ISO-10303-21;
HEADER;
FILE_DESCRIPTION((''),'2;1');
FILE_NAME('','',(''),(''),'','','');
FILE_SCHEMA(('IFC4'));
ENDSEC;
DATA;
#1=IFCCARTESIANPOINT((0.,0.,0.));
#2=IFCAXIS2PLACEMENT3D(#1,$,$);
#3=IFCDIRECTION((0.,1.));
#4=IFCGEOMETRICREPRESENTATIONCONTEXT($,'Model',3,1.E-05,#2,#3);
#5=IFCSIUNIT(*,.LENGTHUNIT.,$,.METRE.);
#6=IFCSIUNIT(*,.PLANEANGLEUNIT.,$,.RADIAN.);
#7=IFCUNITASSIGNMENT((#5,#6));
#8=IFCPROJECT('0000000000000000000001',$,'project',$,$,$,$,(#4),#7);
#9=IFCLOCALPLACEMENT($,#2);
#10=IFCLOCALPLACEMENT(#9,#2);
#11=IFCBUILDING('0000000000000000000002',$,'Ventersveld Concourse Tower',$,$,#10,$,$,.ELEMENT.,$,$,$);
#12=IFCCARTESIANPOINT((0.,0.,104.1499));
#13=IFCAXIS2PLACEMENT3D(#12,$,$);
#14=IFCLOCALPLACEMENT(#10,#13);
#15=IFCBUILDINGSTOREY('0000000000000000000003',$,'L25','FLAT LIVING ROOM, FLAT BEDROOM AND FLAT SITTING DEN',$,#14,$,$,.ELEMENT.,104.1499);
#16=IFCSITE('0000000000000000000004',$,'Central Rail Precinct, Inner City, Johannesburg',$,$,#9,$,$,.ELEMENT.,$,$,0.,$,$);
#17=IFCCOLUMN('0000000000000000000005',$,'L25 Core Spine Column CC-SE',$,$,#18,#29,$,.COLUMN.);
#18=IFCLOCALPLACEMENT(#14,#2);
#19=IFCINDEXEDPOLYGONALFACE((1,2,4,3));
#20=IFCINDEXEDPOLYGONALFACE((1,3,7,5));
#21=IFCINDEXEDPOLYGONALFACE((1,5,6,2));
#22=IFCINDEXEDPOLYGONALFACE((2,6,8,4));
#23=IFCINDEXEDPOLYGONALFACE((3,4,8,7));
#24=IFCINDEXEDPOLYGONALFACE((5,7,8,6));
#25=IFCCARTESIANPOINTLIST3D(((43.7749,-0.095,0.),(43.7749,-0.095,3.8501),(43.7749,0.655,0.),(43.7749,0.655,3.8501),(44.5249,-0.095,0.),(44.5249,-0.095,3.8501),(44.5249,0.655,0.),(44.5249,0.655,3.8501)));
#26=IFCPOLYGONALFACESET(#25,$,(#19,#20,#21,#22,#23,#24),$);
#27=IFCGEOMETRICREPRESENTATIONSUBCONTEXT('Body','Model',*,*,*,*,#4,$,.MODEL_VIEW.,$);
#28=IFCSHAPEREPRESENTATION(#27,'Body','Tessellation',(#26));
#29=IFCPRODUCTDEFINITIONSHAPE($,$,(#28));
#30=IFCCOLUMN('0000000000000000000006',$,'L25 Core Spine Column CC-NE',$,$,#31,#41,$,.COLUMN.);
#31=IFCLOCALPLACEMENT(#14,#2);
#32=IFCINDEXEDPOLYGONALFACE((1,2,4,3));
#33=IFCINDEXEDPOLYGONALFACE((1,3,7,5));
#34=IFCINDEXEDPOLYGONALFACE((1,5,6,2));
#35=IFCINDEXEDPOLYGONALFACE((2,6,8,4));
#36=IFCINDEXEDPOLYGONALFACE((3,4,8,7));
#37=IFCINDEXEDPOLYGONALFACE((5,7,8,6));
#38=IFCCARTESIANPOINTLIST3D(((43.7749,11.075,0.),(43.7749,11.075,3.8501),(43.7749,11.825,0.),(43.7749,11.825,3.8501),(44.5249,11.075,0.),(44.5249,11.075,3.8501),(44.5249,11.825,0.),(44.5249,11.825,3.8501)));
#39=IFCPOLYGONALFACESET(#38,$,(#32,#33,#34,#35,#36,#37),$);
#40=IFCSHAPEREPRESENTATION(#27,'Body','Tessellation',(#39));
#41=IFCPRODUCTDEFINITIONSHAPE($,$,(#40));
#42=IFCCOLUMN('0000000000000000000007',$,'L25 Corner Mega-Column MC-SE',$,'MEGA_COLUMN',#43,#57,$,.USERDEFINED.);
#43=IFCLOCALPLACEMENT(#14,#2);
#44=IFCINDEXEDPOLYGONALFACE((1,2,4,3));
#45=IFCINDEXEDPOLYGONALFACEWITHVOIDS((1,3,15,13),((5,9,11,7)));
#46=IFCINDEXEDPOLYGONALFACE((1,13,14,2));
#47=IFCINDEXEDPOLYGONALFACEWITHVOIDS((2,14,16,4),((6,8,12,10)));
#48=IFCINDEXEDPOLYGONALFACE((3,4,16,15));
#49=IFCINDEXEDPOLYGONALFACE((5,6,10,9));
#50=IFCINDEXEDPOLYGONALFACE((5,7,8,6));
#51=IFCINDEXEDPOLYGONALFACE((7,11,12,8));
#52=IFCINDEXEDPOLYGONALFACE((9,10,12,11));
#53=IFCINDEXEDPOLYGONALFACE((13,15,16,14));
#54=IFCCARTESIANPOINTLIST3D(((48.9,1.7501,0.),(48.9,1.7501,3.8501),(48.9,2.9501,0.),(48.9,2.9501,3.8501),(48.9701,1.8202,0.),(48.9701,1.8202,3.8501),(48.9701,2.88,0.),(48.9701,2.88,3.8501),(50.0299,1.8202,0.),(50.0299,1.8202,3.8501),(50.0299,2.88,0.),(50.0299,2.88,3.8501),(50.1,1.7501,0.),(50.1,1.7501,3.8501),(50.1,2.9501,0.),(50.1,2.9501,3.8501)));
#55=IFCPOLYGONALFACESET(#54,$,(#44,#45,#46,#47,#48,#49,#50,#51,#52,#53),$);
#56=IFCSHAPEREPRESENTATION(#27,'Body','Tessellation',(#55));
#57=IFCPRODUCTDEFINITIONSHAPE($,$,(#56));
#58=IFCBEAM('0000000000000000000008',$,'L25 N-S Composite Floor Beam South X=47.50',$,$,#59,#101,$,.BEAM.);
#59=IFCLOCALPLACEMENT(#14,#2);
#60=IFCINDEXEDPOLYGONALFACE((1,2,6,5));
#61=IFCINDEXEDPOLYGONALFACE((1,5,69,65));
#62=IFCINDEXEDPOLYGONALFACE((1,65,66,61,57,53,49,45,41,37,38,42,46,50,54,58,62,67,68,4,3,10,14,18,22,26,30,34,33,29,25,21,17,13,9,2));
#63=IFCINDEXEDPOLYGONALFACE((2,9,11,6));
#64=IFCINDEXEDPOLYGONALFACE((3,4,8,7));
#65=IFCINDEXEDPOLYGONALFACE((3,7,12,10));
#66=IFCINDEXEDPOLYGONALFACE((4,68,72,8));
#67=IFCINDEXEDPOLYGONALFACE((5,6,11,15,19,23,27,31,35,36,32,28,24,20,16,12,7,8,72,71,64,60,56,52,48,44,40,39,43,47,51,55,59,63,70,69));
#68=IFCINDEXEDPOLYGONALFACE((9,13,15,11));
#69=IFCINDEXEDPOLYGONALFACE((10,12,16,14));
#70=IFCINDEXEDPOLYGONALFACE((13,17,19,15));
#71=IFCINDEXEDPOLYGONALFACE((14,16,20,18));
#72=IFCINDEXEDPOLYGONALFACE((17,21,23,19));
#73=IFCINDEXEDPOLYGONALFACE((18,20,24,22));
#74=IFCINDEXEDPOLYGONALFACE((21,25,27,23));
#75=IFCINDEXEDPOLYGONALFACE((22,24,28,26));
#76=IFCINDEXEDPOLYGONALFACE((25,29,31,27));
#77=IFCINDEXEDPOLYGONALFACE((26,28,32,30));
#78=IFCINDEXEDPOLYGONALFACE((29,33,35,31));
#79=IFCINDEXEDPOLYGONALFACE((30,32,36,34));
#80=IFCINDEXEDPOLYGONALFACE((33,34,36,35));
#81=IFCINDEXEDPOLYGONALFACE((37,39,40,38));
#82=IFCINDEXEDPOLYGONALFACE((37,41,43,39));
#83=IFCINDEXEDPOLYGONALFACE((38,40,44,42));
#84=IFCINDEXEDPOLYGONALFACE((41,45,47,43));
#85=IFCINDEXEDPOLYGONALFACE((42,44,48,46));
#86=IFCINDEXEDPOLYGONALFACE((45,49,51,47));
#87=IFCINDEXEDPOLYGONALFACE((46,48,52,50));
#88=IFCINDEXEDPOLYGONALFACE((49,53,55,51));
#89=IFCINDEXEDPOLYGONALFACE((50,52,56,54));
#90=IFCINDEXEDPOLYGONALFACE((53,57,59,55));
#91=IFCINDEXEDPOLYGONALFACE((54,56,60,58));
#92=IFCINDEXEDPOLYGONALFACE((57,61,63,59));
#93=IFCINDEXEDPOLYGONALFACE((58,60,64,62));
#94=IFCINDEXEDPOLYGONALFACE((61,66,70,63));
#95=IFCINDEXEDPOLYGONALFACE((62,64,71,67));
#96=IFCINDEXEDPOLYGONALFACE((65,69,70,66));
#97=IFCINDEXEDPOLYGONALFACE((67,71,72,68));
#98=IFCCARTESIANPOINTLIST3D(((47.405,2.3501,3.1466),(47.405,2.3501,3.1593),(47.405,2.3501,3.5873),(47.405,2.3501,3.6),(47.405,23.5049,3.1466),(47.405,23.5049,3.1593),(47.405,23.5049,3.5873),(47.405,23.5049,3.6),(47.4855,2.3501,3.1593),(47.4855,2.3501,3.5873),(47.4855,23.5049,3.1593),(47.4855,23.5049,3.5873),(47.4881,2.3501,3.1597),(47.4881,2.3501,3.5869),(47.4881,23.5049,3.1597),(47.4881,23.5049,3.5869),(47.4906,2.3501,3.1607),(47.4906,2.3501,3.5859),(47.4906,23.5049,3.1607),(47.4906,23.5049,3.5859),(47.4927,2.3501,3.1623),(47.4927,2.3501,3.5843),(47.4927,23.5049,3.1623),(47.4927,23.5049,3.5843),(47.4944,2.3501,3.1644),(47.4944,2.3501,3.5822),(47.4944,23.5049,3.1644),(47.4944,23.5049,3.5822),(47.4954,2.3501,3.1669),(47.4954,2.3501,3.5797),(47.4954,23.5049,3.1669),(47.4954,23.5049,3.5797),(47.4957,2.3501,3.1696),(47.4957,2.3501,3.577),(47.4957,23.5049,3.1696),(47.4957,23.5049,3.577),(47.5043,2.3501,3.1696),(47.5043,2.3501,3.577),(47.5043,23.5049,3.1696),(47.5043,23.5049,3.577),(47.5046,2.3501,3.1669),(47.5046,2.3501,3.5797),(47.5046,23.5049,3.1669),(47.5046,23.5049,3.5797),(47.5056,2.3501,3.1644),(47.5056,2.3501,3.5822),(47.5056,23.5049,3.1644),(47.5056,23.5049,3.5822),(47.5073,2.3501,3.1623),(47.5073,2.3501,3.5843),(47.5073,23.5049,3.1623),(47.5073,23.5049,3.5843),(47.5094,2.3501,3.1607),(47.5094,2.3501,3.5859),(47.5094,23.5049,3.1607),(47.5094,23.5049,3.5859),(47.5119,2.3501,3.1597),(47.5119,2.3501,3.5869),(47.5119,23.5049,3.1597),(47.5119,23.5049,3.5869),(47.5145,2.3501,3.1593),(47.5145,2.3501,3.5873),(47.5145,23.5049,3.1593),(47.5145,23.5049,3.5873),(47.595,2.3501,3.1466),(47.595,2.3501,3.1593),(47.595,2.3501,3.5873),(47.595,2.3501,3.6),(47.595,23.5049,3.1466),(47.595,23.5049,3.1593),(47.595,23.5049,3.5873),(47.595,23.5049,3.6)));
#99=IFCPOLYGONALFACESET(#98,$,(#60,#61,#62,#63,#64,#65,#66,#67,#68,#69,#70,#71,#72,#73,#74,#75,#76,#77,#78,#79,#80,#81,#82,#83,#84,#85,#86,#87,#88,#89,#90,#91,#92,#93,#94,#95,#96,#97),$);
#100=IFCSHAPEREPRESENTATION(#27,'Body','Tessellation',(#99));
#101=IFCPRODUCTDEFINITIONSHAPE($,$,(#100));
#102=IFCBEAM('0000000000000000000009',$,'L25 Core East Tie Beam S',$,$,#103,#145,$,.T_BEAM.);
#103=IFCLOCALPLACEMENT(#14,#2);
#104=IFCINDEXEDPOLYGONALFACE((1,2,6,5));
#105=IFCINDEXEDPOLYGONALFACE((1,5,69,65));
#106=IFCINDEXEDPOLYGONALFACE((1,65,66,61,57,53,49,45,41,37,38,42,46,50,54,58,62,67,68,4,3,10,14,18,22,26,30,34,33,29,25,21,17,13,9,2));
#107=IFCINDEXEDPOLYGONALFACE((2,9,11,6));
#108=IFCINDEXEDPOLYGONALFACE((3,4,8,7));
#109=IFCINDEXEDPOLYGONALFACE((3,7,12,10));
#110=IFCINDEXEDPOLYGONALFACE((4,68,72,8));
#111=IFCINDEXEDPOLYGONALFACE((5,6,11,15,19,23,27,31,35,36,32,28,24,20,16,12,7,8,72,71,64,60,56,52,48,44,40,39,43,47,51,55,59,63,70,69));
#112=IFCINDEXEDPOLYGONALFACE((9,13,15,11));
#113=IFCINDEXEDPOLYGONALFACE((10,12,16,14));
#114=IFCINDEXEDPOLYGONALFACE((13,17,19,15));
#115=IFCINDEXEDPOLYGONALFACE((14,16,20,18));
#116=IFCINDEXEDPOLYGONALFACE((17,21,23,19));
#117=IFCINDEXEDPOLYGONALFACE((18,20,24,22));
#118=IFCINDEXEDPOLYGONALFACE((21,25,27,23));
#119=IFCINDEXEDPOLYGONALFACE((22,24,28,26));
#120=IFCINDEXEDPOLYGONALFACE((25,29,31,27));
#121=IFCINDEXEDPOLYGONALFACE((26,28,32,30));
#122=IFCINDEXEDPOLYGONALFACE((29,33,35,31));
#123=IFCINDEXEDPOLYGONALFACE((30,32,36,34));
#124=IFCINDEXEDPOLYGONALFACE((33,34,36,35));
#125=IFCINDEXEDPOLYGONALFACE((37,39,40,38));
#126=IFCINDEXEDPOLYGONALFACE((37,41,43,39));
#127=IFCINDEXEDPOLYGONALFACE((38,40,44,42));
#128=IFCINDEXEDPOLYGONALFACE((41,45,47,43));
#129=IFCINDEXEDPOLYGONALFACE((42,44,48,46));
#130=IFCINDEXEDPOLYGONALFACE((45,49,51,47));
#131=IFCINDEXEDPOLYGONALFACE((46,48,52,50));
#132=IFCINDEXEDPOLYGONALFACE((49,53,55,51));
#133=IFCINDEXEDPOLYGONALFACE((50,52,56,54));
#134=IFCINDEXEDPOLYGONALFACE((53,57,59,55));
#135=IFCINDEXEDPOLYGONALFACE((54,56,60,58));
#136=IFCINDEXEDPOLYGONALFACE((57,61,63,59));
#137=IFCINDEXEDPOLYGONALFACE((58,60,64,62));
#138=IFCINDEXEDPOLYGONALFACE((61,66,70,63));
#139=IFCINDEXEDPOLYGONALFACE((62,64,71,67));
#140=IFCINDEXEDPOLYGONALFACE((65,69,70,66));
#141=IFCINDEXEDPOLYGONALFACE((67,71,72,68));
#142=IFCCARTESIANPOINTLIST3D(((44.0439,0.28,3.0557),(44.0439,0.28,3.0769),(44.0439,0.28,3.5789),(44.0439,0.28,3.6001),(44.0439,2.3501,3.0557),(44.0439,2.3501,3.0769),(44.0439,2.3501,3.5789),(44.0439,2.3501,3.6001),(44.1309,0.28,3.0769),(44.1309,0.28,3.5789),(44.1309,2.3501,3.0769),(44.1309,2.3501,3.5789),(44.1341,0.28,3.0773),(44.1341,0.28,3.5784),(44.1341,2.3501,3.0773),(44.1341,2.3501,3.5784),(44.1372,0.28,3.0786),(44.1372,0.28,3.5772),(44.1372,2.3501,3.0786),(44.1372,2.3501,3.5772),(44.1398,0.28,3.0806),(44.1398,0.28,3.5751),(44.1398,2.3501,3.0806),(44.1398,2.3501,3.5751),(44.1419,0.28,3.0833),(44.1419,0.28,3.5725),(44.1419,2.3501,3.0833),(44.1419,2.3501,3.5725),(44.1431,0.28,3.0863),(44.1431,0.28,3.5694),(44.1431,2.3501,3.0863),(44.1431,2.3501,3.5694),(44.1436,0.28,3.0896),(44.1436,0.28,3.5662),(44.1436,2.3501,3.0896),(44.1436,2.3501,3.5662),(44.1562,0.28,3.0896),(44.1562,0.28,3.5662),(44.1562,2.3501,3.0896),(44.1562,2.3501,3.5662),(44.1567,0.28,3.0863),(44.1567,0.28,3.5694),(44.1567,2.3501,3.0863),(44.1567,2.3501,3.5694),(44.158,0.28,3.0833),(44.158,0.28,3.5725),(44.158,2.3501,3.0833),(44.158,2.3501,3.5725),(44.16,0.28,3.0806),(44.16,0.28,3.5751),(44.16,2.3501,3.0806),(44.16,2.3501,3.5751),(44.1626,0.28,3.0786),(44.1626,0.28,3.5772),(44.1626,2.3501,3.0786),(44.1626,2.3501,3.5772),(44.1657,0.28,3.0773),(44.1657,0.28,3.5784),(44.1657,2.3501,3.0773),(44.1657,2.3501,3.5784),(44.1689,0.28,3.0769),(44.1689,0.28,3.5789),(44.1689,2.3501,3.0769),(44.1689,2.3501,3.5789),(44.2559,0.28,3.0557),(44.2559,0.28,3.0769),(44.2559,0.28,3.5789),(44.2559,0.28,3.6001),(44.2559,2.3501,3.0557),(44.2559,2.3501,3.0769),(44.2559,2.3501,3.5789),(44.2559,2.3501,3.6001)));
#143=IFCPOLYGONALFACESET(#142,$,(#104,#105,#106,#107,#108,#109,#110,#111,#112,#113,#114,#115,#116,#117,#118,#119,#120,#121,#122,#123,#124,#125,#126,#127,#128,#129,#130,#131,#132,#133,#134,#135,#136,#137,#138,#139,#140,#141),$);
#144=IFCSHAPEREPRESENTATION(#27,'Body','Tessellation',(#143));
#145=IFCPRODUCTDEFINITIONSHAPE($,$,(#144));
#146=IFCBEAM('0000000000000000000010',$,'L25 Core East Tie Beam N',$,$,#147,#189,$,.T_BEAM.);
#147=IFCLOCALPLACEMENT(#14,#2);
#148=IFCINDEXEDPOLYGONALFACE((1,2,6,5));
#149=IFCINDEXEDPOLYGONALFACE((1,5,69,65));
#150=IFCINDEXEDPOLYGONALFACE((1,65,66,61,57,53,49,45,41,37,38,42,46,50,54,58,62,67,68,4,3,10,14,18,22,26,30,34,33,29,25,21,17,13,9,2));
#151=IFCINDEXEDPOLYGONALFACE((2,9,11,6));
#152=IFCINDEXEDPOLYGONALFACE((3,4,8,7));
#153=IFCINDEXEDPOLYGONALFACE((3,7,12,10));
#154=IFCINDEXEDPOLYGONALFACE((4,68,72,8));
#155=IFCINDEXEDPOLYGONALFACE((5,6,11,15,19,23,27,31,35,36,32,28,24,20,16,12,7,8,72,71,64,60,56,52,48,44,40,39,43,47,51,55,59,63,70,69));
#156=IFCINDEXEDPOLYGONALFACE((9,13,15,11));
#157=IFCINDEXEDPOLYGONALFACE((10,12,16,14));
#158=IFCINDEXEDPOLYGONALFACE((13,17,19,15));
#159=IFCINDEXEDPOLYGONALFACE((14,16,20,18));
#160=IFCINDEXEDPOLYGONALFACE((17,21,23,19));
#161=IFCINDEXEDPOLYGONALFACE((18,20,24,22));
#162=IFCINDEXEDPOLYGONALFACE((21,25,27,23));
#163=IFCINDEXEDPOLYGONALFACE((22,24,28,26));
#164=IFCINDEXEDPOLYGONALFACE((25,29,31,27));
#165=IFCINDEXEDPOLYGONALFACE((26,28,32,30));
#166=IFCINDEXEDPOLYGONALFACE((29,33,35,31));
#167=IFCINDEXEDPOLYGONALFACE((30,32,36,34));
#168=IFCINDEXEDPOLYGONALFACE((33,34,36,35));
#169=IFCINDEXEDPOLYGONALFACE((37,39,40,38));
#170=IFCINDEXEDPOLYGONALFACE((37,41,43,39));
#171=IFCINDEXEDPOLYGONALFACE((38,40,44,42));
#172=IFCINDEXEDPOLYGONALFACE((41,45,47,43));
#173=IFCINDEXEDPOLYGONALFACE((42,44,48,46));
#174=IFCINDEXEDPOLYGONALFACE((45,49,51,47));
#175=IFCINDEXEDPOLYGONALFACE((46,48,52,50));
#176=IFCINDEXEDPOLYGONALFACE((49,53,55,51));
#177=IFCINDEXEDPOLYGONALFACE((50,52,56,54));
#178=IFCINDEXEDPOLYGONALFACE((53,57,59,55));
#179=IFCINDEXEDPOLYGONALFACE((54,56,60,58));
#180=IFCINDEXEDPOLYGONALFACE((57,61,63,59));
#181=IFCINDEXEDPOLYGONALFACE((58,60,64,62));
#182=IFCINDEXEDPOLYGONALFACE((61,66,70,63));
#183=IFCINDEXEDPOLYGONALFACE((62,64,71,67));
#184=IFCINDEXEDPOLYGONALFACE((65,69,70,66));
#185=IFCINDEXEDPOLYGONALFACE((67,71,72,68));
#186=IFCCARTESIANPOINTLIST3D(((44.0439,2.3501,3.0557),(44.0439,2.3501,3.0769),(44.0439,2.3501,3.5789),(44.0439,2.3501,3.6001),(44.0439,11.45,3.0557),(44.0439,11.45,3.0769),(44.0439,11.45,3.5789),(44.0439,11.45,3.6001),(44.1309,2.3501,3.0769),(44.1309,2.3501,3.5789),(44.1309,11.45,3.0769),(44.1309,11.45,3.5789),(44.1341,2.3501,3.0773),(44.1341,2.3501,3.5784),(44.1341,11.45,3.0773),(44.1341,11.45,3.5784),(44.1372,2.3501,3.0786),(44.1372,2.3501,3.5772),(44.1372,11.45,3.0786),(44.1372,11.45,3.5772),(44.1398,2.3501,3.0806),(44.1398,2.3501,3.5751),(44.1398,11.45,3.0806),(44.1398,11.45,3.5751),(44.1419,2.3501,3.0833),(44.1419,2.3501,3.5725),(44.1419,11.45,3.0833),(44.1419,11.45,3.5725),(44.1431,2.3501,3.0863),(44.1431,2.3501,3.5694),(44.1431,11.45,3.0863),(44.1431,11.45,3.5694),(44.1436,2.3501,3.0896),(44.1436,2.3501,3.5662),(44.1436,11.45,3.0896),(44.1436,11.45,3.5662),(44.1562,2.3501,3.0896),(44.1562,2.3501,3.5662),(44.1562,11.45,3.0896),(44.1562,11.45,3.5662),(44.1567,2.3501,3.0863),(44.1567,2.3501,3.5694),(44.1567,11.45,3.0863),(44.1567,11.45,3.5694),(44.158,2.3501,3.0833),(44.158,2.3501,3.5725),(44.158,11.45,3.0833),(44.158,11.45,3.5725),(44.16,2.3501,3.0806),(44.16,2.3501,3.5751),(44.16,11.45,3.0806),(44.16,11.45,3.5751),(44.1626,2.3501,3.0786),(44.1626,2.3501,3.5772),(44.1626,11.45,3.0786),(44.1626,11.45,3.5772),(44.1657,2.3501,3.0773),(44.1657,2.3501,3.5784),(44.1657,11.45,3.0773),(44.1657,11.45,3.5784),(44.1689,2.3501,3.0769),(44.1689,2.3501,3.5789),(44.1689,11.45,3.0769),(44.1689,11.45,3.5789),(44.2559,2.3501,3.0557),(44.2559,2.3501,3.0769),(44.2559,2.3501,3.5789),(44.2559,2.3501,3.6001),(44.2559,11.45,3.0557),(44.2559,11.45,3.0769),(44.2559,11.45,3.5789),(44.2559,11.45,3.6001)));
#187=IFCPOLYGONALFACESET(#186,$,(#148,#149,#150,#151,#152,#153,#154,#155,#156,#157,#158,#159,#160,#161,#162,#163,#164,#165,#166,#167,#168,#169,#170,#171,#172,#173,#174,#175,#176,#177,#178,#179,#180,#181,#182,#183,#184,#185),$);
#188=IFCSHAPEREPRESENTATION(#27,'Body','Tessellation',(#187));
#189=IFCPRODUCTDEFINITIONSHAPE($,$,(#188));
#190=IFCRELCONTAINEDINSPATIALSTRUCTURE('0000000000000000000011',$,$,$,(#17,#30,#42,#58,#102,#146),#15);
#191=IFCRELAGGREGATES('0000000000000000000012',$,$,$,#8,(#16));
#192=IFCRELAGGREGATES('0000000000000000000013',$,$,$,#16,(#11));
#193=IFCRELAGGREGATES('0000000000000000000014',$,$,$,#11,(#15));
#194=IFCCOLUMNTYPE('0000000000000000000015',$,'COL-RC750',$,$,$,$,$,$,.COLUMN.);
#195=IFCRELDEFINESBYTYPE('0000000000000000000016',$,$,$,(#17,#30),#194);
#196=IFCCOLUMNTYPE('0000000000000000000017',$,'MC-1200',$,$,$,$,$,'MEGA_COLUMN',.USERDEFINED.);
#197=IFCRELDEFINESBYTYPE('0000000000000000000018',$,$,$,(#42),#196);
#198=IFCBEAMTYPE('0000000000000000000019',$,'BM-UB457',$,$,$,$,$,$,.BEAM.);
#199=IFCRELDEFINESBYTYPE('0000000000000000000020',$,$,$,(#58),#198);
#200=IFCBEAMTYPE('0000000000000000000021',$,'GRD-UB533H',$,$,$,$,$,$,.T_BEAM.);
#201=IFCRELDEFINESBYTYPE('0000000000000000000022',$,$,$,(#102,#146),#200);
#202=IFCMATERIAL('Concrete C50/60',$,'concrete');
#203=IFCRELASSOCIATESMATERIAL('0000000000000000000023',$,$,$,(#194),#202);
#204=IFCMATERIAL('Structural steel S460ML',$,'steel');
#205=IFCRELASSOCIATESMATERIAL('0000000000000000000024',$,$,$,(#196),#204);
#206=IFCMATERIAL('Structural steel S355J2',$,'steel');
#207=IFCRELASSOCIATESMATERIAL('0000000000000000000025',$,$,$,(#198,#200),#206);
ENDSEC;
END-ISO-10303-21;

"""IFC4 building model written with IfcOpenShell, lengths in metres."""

from ifc_helpers import new_model, si_unit, direction, frame, origin, origin_2d, place, context, subcontext, project, spatial, rectangle, hollow_rectangle, i_section, extrude, material, material_profile, profile_set, type_object, element, save


model = new_model("IFC4")

# Units and contexts
model_context = context("Model", 3, precision=1e-05, world=origin(), true_north=direction((0.0, 1.0)))
body_context = subcontext(model_context, "Body", "Model", "MODEL_VIEW")
ifc_project = project(units=[si_unit("LENGTHUNIT", "METRE"), si_unit("PLANEANGLEUNIT", "RADIAN")], contexts=[model_context])

# Site, building, storey
site_placement = place(None, origin())
site = spatial("IfcSite", under=ifc_project, at=site_placement, Name="Central Rail Precinct, Inner City, Johannesburg", CompositionType="ELEMENT", RefElevation=0.0)
building_placement = place(site_placement, origin())
building = spatial("IfcBuilding", under=site, at=building_placement, Name="Ventersveld Concourse Tower", CompositionType="ELEMENT")
storey_placement = place(building_placement, frame((0.0, 0.0, 104.1499)))
storey = spatial("IfcBuildingStorey", under=building, at=storey_placement, Name="L25", Description="FLAT LIVING ROOM, FLAT BEDROOM AND FLAT SITTING DEN", CompositionType="ELEMENT", Elevation=104.1499)

# Columns
ifc_material_1 = material(Name="Concrete C50/60", Category="concrete")
ifc_material_profile_1 = material_profile(ifc_material_1, rectangle(XDim=0.75, YDim=0.75, at=origin_2d()), Name="RC 750x750")
ifc_profile_set_1 = profile_set([ifc_material_profile_1], Name="Concrete C50/60")
column_type_1 = type_object("IfcColumnType", Name="COL-RC750", PredefinedType="COLUMN", material=ifc_profile_set_1)
for number, where, z_axis, x_axis, name in (
    (1, (44.1499, 0.28, 0.0), (0.0, 0.0, 1.0), (1.0, 0.0, 0.0), "L25 Core Spine Column CC-SE"),
    (2, (44.1499, 11.45, 0.0), (0.0, 0.0, 1.0), (1.0, 0.0, 0.0), "L25 Core Spine Column CC-NE"),
):
    element("IfcColumn", number, at=place(storey_placement, frame(where, z_axis=z_axis, x_axis=x_axis)), inside=storey, type_object=column_type_1, Name=name, PredefinedType="COLUMN", context=body_context, shape_type="SweptSolid", body=[
        extrude(rectangle(XDim=0.75, YDim=0.75, at=origin_2d()), origin(), (0.0, 0.0, 1.0), 3.8501),
    ])
ifc_material_2 = material(Name="Structural steel S460ML", Category="steel")
ifc_material_profile_2 = material_profile(ifc_material_2, hollow_rectangle(XDim=1.2, YDim=1.2, WallThickness=0.0701, at=origin_2d()), Name="BOX 1200x1200x70")
ifc_profile_set_2 = profile_set([ifc_material_profile_2], Name="Structural steel S460ML")
column_type_2 = type_object("IfcColumnType", Name="MC-1200", ElementType="MEGA_COLUMN", PredefinedType="USERDEFINED", material=ifc_profile_set_2)
column_placement = place(storey_placement, frame((49.5, 2.3501, 0.0), z_axis=(0.0, 0.0, 1.0), x_axis=(1.0, 0.0, 0.0)))
element("IfcColumn", 3, at=column_placement, inside=storey, type_object=column_type_2, Name="L25 Corner Mega-Column MC-SE", ObjectType="MEGA_COLUMN", PredefinedType="USERDEFINED", context=body_context, shape_type="SweptSolid", body=[
    extrude(hollow_rectangle(XDim=1.2, YDim=1.2, WallThickness=0.0701, at=origin_2d()), origin(), (0.0, 0.0, 1.0), 3.8501),
])

# Beams
ifc_material_3 = material(Name="Structural steel S355J2", Category="steel")
ifc_material_profile_3 = material_profile(ifc_material_3, i_section(OverallWidth=0.1899, OverallDepth=0.4534, WebThickness=0.0085, FlangeThickness=0.0127, FilletRadius=0.0103, at=origin_2d()), Name="UB 457x191x67")
ifc_profile_set_3 = profile_set([ifc_material_profile_3], Name="Structural steel S355J2")
beam_type_1 = type_object("IfcBeamType", Name="BM-UB457", PredefinedType="BEAM", material=ifc_profile_set_3)
beam_1_placement = place(storey_placement, frame((47.5, 2.3501, 3.3733), z_axis=(0.0, 1.0, 0.0), x_axis=(-1.0, 0.0, 0.0)))
element("IfcBeam", 4, at=beam_1_placement, inside=storey, type_object=beam_type_1, Name="L25 N-S Composite Floor Beam South X=47.50", PredefinedType="BEAM", context=body_context, shape_type="SweptSolid", body=[
    extrude(i_section(OverallWidth=0.1899, OverallDepth=0.4534, WebThickness=0.0085, FlangeThickness=0.0127, FilletRadius=0.0103, at=origin_2d()), origin(), (0.0, 0.0, 1.0), 21.1548),
])
ifc_material_profile_4 = material_profile(ifc_material_3, i_section(OverallWidth=0.2119, OverallDepth=0.5444, WebThickness=0.0127, FlangeThickness=0.0212, FilletRadius=0.0127, at=origin_2d()), Name="UB 533x210x122")
ifc_profile_set_4 = profile_set([ifc_material_profile_4], Name="Structural steel S355J2")
beam_type_2 = type_object("IfcBeamType", Name="GRD-UB533H", PredefinedType="T_BEAM", material=ifc_profile_set_4)
beam_2_placement = place(storey_placement, frame((44.1499, 0.28, 3.3279), z_axis=(0.0, 1.0, 0.0), x_axis=(-1.0, 0.0, 0.0)))
element("IfcBeam", 5, at=beam_2_placement, inside=storey, type_object=beam_type_2, Name="L25 Core East Tie Beam S", PredefinedType="T_BEAM", context=body_context, shape_type="SweptSolid", body=[
    extrude(i_section(OverallWidth=0.2119, OverallDepth=0.5444, WebThickness=0.0127, FlangeThickness=0.0212, FilletRadius=0.0127, at=origin_2d()), origin(), (0.0, 0.0, 1.0), 2.0701),
])
beam_3_placement = place(storey_placement, frame((44.1499, 2.3501, 3.3279), z_axis=(0.0, 1.0, 0.0), x_axis=(-1.0, 0.0, 0.0)))
element("IfcBeam", 6, at=beam_3_placement, inside=storey, type_object=beam_type_2, Name="L25 Core East Tie Beam N", PredefinedType="T_BEAM", context=body_context, shape_type="SweptSolid", body=[
    extrude(i_section(OverallWidth=0.2119, OverallDepth=0.5444, WebThickness=0.0127, FlangeThickness=0.0212, FilletRadius=0.0127, at=origin_2d()), origin(), (0.0, 0.0, 1.0), 9.0999),
])

save(model, "model.ifc")
